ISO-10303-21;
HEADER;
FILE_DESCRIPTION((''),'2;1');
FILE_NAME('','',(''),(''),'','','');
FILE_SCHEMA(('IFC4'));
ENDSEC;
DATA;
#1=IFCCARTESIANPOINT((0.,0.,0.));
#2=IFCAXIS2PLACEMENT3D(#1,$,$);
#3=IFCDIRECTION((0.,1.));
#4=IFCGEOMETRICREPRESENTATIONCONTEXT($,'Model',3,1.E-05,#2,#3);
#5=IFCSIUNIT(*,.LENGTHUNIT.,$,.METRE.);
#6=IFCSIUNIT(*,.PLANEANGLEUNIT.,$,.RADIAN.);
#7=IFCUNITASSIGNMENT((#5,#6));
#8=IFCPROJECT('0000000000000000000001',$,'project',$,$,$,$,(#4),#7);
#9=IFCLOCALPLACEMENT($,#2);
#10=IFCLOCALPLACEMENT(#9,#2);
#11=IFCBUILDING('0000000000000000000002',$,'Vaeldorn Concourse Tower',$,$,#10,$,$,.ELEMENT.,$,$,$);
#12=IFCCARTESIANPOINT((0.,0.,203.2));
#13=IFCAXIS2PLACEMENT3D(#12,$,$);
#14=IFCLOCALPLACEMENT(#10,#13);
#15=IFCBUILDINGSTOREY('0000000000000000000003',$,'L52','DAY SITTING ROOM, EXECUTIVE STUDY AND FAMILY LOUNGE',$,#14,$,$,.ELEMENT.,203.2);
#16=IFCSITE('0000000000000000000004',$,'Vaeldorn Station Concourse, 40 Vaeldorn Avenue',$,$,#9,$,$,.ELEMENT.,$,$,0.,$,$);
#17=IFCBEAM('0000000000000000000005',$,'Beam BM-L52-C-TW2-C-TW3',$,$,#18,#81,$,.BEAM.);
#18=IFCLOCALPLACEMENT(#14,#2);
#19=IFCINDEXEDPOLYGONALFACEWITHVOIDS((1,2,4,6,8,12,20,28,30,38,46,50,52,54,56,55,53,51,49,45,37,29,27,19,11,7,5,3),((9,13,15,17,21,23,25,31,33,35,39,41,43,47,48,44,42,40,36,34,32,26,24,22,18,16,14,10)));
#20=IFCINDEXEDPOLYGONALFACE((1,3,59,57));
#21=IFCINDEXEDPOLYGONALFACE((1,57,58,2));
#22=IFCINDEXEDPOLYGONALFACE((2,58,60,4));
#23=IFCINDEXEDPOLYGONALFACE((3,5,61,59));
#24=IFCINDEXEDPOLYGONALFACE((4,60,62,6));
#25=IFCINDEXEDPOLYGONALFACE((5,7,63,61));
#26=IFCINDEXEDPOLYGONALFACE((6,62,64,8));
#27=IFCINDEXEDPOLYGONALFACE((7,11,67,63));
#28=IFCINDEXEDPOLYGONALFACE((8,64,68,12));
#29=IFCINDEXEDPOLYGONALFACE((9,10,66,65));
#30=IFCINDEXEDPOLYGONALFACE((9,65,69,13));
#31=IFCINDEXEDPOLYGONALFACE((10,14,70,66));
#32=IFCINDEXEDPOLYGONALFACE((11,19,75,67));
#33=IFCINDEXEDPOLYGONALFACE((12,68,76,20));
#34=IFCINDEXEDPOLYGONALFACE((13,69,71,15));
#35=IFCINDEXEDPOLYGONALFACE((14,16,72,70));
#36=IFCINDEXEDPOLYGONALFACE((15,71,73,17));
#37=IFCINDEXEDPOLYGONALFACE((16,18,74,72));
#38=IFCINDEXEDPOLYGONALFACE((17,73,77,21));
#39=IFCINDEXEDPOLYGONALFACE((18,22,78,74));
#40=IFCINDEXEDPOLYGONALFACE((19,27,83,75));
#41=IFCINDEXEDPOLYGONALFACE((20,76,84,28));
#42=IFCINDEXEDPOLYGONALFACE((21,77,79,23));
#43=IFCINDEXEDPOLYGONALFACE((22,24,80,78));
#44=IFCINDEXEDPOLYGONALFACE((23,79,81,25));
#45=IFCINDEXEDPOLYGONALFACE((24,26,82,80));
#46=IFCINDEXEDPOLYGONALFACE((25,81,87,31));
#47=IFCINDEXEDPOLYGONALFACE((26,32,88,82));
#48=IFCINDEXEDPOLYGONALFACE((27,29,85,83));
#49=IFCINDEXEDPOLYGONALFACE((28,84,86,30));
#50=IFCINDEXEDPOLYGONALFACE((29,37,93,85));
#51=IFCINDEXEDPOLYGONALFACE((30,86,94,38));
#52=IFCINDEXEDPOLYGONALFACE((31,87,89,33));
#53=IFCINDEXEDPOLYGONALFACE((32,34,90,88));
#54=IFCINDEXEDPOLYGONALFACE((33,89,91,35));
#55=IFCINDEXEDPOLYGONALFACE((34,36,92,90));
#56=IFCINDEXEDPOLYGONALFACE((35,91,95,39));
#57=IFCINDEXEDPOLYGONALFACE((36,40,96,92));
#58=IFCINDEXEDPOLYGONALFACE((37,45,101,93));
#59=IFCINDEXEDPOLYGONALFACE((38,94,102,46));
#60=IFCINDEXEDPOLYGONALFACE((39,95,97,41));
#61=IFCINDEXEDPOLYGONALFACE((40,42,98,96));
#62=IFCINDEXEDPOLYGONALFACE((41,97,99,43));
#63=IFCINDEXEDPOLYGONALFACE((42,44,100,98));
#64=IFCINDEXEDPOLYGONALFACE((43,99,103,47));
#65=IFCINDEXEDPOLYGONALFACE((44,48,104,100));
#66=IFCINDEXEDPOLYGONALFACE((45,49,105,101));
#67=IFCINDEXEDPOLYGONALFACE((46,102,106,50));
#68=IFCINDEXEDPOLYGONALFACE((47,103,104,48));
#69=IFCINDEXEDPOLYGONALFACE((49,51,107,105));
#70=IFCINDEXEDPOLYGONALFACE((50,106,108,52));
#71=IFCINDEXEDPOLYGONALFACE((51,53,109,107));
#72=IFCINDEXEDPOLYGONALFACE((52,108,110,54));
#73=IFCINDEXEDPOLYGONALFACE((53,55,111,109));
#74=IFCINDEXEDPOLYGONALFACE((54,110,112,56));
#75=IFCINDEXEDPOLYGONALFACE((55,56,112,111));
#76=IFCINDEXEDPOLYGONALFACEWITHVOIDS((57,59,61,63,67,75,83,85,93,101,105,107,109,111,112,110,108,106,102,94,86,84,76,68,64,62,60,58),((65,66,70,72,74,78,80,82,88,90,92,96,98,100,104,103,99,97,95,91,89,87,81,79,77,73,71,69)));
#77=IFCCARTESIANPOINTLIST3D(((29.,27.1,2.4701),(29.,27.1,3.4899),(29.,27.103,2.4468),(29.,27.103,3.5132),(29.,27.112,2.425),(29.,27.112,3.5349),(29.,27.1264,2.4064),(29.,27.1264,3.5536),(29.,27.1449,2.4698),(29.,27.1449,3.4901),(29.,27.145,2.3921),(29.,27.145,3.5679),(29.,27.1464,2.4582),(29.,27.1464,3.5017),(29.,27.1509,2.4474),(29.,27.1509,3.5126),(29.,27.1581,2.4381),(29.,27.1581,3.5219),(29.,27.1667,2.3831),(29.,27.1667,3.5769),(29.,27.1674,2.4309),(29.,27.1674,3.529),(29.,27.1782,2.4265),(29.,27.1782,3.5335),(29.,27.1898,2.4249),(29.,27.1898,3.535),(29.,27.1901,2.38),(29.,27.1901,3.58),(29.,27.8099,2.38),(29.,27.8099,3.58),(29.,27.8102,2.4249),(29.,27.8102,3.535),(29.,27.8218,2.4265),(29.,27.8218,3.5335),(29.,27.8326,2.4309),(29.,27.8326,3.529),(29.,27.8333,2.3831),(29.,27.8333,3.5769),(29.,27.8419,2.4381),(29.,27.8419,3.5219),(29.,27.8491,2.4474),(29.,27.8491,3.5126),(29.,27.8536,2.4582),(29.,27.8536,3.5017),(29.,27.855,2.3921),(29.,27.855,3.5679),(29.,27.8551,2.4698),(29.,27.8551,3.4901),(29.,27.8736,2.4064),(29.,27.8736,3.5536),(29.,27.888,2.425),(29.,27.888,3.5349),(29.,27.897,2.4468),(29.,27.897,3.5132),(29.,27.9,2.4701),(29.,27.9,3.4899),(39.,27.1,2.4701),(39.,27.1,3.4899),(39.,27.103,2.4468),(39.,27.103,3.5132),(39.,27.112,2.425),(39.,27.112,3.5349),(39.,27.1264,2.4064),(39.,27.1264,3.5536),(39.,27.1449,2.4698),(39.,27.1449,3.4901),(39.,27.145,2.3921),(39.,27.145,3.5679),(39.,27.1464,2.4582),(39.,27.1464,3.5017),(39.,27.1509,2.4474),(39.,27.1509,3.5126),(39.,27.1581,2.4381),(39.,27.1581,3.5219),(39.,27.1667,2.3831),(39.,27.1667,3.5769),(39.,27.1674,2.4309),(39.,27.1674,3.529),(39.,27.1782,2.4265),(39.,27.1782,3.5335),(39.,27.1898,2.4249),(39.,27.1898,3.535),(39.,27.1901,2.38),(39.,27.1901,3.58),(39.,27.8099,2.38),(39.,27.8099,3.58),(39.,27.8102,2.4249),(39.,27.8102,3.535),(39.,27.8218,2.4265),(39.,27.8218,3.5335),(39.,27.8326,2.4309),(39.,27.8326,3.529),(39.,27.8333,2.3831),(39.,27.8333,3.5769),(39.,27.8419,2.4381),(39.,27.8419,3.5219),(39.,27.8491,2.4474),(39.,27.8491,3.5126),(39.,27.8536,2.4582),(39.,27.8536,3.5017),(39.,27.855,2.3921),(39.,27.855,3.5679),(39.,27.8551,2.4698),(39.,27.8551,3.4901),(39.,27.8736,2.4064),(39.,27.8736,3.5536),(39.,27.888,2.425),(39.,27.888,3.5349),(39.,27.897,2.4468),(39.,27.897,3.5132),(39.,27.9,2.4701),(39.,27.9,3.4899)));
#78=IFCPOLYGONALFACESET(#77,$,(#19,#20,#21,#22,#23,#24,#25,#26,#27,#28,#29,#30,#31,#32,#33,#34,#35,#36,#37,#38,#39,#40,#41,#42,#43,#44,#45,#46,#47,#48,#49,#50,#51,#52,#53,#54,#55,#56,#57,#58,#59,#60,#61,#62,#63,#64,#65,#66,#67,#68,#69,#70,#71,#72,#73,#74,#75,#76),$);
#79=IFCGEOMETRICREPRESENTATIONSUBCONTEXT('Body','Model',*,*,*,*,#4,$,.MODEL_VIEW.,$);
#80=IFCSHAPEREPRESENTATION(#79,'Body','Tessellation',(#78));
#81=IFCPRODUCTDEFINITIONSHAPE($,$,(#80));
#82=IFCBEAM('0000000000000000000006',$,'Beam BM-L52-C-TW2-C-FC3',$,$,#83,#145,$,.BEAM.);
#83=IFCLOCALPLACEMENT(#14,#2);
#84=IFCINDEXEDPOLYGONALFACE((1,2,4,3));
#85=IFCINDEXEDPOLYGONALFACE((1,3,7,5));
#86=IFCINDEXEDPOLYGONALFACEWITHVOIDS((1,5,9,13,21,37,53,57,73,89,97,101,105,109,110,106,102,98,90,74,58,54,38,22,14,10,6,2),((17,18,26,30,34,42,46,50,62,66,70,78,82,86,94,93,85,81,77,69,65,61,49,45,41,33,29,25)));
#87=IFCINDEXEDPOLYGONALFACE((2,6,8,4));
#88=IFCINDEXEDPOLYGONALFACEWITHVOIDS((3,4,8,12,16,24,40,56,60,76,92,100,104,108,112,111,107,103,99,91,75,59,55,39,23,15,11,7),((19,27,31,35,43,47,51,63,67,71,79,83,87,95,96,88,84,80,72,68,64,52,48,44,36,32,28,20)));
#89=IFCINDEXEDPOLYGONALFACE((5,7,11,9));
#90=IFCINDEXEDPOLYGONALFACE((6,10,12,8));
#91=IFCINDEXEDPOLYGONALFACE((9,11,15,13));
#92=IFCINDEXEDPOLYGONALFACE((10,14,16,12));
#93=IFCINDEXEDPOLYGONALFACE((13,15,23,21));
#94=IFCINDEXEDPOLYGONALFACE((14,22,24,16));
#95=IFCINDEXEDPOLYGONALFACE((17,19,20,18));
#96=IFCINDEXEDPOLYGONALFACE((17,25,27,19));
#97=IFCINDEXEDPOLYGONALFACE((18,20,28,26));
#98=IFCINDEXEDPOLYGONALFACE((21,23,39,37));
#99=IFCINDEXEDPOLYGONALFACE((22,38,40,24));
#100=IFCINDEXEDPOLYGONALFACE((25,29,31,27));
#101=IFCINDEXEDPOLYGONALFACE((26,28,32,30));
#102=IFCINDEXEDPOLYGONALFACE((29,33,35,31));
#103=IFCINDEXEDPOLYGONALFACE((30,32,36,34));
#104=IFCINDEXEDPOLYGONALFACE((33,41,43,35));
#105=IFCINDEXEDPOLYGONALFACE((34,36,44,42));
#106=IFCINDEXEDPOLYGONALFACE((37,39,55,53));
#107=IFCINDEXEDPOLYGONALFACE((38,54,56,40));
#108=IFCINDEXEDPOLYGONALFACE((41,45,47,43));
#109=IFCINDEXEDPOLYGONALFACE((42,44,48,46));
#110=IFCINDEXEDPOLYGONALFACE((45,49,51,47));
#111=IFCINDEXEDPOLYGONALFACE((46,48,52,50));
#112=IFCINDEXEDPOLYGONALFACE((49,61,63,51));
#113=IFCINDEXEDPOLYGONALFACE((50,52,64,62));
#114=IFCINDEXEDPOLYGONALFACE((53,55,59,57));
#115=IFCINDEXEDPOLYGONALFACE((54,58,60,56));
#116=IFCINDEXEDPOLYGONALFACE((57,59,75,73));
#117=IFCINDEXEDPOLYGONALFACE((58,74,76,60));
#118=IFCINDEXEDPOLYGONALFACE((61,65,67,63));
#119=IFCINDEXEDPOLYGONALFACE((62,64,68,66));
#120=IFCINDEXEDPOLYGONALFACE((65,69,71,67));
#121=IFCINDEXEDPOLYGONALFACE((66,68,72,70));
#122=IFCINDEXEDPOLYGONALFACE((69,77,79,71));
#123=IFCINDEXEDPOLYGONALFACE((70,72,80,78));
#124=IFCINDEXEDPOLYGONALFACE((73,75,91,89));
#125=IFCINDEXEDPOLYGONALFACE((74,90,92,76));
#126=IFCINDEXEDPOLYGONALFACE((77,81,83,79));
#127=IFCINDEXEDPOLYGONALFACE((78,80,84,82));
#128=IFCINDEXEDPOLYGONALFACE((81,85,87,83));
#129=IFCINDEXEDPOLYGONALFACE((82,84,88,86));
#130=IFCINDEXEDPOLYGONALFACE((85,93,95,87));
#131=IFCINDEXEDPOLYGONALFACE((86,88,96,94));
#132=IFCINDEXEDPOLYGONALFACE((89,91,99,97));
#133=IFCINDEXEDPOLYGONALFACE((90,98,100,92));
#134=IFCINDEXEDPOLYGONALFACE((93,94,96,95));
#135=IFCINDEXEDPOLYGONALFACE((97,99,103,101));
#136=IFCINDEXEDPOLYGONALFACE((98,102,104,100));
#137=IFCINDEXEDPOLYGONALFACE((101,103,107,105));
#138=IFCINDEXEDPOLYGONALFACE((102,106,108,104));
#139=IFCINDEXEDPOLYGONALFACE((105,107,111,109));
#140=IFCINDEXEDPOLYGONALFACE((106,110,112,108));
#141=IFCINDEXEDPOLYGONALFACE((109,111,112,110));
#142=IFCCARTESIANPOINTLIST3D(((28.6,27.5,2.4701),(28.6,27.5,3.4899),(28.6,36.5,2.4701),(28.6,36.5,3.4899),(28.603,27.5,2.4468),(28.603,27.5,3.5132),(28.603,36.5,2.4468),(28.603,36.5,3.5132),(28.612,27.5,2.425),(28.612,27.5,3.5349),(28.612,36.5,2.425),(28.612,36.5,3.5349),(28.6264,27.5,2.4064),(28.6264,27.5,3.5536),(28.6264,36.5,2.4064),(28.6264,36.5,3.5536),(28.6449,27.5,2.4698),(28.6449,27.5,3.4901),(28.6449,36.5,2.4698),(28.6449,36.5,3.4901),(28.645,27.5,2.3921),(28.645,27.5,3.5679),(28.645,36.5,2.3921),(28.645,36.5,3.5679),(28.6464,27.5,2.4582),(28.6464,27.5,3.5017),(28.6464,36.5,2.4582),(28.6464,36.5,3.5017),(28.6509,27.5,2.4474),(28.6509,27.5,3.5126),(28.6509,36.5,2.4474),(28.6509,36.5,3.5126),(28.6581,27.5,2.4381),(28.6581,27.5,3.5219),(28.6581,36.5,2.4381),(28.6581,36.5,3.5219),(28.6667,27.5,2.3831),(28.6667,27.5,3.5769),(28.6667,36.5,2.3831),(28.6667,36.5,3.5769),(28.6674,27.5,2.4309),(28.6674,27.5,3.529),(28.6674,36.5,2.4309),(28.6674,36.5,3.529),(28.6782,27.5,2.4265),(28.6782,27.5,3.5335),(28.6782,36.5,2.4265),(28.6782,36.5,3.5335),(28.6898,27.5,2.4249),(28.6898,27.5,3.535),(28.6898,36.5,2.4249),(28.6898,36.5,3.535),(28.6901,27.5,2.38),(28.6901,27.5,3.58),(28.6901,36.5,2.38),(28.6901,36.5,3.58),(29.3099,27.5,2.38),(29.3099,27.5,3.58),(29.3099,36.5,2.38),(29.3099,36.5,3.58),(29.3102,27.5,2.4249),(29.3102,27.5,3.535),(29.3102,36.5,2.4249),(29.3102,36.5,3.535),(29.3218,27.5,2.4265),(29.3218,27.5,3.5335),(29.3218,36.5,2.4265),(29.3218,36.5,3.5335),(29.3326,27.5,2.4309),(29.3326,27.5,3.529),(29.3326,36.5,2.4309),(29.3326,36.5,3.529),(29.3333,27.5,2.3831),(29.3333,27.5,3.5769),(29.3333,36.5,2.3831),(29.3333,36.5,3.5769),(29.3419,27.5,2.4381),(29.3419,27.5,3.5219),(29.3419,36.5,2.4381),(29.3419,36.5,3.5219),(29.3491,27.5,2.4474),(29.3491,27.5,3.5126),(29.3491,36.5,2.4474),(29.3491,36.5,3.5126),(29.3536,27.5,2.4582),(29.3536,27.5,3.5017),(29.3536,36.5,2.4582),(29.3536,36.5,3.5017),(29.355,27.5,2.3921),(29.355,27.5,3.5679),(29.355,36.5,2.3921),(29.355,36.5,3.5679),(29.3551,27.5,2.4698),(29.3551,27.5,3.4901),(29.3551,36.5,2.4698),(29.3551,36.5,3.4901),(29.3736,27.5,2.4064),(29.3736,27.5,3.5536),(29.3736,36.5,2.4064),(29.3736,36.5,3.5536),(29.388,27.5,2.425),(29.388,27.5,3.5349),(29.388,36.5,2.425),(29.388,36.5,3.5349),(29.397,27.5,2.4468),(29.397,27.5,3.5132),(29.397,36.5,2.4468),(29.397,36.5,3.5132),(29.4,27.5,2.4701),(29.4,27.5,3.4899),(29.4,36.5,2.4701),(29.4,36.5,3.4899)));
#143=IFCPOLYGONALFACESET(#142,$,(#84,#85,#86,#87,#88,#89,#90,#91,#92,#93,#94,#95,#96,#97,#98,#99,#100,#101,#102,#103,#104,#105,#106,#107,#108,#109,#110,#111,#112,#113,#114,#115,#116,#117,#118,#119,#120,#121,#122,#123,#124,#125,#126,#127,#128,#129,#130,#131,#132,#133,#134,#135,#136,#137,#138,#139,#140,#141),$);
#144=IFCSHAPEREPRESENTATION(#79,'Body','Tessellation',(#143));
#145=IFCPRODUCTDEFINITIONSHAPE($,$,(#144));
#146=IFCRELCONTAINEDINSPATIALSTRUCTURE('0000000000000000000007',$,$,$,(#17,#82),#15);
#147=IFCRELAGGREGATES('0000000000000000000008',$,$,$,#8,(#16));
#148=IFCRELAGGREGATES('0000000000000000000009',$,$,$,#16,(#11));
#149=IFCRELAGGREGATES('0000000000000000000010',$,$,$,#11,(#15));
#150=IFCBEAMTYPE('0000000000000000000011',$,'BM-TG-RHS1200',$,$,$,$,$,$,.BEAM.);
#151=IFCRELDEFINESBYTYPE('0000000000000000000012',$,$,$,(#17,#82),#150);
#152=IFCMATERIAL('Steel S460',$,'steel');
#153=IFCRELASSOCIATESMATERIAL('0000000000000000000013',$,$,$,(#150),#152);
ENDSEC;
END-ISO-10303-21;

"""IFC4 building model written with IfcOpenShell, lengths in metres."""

from ifc_helpers import new_model, si_unit, direction, frame, origin, origin_2d, place, context, subcontext, project, spatial, hollow_rectangle, extrude, source, transform, mapped, material, material_profile, profile_set, type_object, element, save


model = new_model("IFC4")

# Units and contexts
model_context = context("Model", 3, precision=1e-05, world=origin(), true_north=direction((0.0, 1.0)))
body_context = subcontext(model_context, "Body", "Model", "MODEL_VIEW")
ifc_project = project(units=[si_unit("LENGTHUNIT", "METRE"), si_unit("PLANEANGLEUNIT", "RADIAN")], contexts=[model_context])

# Site, building, storey
site_placement = place(None, origin())
site = spatial("IfcSite", under=ifc_project, at=site_placement, Name="Vaeldorn Station Concourse, 40 Vaeldorn Avenue", CompositionType="ELEMENT", RefElevation=0.0)
building_placement = place(site_placement, origin())
building = spatial("IfcBuilding", under=site, at=building_placement, Name="Vaeldorn Concourse Tower", CompositionType="ELEMENT")
storey_placement = place(building_placement, frame((0.0, 0.0, 203.2)))
storey = spatial("IfcBuildingStorey", under=building, at=storey_placement, Name="L52", Description="DAY SITTING ROOM, EXECUTIVE STUDY AND FAMILY LOUNGE", CompositionType="ELEMENT", Elevation=203.2)

# Shared definitions
ifc_material_1 = material(Name="Steel S460", Category="steel")

# Beams
ifc_material_profile_1 = material_profile(ifc_material_1, hollow_rectangle(XDim=0.8, YDim=1.2, WallThickness=0.0449, InnerFilletRadius=0.0449, OuterFilletRadius=0.0901, at=origin_2d()), Name="RHS 1200x800x45")
ifc_profile_set_1 = profile_set([ifc_material_profile_1], Name="Steel S460")
beam_type_1 = type_object("IfcBeamType", Name="BM-TG-RHS1200", PredefinedType="BEAM", material=ifc_profile_set_1)
shared_shape_1 = source(origin(), body_context, "Body", "SweptSolid", [
    extrude(hollow_rectangle(XDim=0.8, YDim=1.2, WallThickness=0.0449, InnerFilletRadius=0.0449, OuterFilletRadius=0.0901, at=origin_2d()), origin(), (0.0, 0.0, 1.0), 10.0),
])
for number, where, z_axis, x_axis, name in (
    (1, (29.0, 27.5, 2.98), (1.0, 0.0, 0.0), (0.0, 1.0, 0.0), "Beam BM-L52-C-TW2-C-TW3"),
):
    element("IfcBeam", number, at=place(storey_placement, frame(where, z_axis=z_axis, x_axis=x_axis)), inside=storey, type_object=beam_type_1, Name=name, PredefinedType="BEAM", context=body_context, shape_type="MappedRepresentation", body=[
        mapped(shared_shape_1, transform((0.0, 0.0, 0.0), scale=1.0)),
    ])
shared_shape_2 = source(origin(), body_context, "Body", "SweptSolid", [
    extrude(hollow_rectangle(XDim=0.8, YDim=1.2, WallThickness=0.0449, InnerFilletRadius=0.0449, OuterFilletRadius=0.0901, at=origin_2d()), origin(), (0.0, 0.0, 1.0), 9.0),
])
beam_1_placement = place(storey_placement, frame((29.0, 27.5, 2.98), z_axis=(0.0, 1.0, 0.0), x_axis=(-1.0, 0.0, 0.0)))
element("IfcBeam", 2, at=beam_1_placement, inside=storey, type_object=beam_type_1, Name="Beam BM-L52-C-TW2-C-FC3", PredefinedType="BEAM", context=body_context, shape_type="MappedRepresentation", body=[
    mapped(shared_shape_2, transform((0.0, 0.0, 0.0), scale=1.0)),
])

save(model, "model.ifc")
